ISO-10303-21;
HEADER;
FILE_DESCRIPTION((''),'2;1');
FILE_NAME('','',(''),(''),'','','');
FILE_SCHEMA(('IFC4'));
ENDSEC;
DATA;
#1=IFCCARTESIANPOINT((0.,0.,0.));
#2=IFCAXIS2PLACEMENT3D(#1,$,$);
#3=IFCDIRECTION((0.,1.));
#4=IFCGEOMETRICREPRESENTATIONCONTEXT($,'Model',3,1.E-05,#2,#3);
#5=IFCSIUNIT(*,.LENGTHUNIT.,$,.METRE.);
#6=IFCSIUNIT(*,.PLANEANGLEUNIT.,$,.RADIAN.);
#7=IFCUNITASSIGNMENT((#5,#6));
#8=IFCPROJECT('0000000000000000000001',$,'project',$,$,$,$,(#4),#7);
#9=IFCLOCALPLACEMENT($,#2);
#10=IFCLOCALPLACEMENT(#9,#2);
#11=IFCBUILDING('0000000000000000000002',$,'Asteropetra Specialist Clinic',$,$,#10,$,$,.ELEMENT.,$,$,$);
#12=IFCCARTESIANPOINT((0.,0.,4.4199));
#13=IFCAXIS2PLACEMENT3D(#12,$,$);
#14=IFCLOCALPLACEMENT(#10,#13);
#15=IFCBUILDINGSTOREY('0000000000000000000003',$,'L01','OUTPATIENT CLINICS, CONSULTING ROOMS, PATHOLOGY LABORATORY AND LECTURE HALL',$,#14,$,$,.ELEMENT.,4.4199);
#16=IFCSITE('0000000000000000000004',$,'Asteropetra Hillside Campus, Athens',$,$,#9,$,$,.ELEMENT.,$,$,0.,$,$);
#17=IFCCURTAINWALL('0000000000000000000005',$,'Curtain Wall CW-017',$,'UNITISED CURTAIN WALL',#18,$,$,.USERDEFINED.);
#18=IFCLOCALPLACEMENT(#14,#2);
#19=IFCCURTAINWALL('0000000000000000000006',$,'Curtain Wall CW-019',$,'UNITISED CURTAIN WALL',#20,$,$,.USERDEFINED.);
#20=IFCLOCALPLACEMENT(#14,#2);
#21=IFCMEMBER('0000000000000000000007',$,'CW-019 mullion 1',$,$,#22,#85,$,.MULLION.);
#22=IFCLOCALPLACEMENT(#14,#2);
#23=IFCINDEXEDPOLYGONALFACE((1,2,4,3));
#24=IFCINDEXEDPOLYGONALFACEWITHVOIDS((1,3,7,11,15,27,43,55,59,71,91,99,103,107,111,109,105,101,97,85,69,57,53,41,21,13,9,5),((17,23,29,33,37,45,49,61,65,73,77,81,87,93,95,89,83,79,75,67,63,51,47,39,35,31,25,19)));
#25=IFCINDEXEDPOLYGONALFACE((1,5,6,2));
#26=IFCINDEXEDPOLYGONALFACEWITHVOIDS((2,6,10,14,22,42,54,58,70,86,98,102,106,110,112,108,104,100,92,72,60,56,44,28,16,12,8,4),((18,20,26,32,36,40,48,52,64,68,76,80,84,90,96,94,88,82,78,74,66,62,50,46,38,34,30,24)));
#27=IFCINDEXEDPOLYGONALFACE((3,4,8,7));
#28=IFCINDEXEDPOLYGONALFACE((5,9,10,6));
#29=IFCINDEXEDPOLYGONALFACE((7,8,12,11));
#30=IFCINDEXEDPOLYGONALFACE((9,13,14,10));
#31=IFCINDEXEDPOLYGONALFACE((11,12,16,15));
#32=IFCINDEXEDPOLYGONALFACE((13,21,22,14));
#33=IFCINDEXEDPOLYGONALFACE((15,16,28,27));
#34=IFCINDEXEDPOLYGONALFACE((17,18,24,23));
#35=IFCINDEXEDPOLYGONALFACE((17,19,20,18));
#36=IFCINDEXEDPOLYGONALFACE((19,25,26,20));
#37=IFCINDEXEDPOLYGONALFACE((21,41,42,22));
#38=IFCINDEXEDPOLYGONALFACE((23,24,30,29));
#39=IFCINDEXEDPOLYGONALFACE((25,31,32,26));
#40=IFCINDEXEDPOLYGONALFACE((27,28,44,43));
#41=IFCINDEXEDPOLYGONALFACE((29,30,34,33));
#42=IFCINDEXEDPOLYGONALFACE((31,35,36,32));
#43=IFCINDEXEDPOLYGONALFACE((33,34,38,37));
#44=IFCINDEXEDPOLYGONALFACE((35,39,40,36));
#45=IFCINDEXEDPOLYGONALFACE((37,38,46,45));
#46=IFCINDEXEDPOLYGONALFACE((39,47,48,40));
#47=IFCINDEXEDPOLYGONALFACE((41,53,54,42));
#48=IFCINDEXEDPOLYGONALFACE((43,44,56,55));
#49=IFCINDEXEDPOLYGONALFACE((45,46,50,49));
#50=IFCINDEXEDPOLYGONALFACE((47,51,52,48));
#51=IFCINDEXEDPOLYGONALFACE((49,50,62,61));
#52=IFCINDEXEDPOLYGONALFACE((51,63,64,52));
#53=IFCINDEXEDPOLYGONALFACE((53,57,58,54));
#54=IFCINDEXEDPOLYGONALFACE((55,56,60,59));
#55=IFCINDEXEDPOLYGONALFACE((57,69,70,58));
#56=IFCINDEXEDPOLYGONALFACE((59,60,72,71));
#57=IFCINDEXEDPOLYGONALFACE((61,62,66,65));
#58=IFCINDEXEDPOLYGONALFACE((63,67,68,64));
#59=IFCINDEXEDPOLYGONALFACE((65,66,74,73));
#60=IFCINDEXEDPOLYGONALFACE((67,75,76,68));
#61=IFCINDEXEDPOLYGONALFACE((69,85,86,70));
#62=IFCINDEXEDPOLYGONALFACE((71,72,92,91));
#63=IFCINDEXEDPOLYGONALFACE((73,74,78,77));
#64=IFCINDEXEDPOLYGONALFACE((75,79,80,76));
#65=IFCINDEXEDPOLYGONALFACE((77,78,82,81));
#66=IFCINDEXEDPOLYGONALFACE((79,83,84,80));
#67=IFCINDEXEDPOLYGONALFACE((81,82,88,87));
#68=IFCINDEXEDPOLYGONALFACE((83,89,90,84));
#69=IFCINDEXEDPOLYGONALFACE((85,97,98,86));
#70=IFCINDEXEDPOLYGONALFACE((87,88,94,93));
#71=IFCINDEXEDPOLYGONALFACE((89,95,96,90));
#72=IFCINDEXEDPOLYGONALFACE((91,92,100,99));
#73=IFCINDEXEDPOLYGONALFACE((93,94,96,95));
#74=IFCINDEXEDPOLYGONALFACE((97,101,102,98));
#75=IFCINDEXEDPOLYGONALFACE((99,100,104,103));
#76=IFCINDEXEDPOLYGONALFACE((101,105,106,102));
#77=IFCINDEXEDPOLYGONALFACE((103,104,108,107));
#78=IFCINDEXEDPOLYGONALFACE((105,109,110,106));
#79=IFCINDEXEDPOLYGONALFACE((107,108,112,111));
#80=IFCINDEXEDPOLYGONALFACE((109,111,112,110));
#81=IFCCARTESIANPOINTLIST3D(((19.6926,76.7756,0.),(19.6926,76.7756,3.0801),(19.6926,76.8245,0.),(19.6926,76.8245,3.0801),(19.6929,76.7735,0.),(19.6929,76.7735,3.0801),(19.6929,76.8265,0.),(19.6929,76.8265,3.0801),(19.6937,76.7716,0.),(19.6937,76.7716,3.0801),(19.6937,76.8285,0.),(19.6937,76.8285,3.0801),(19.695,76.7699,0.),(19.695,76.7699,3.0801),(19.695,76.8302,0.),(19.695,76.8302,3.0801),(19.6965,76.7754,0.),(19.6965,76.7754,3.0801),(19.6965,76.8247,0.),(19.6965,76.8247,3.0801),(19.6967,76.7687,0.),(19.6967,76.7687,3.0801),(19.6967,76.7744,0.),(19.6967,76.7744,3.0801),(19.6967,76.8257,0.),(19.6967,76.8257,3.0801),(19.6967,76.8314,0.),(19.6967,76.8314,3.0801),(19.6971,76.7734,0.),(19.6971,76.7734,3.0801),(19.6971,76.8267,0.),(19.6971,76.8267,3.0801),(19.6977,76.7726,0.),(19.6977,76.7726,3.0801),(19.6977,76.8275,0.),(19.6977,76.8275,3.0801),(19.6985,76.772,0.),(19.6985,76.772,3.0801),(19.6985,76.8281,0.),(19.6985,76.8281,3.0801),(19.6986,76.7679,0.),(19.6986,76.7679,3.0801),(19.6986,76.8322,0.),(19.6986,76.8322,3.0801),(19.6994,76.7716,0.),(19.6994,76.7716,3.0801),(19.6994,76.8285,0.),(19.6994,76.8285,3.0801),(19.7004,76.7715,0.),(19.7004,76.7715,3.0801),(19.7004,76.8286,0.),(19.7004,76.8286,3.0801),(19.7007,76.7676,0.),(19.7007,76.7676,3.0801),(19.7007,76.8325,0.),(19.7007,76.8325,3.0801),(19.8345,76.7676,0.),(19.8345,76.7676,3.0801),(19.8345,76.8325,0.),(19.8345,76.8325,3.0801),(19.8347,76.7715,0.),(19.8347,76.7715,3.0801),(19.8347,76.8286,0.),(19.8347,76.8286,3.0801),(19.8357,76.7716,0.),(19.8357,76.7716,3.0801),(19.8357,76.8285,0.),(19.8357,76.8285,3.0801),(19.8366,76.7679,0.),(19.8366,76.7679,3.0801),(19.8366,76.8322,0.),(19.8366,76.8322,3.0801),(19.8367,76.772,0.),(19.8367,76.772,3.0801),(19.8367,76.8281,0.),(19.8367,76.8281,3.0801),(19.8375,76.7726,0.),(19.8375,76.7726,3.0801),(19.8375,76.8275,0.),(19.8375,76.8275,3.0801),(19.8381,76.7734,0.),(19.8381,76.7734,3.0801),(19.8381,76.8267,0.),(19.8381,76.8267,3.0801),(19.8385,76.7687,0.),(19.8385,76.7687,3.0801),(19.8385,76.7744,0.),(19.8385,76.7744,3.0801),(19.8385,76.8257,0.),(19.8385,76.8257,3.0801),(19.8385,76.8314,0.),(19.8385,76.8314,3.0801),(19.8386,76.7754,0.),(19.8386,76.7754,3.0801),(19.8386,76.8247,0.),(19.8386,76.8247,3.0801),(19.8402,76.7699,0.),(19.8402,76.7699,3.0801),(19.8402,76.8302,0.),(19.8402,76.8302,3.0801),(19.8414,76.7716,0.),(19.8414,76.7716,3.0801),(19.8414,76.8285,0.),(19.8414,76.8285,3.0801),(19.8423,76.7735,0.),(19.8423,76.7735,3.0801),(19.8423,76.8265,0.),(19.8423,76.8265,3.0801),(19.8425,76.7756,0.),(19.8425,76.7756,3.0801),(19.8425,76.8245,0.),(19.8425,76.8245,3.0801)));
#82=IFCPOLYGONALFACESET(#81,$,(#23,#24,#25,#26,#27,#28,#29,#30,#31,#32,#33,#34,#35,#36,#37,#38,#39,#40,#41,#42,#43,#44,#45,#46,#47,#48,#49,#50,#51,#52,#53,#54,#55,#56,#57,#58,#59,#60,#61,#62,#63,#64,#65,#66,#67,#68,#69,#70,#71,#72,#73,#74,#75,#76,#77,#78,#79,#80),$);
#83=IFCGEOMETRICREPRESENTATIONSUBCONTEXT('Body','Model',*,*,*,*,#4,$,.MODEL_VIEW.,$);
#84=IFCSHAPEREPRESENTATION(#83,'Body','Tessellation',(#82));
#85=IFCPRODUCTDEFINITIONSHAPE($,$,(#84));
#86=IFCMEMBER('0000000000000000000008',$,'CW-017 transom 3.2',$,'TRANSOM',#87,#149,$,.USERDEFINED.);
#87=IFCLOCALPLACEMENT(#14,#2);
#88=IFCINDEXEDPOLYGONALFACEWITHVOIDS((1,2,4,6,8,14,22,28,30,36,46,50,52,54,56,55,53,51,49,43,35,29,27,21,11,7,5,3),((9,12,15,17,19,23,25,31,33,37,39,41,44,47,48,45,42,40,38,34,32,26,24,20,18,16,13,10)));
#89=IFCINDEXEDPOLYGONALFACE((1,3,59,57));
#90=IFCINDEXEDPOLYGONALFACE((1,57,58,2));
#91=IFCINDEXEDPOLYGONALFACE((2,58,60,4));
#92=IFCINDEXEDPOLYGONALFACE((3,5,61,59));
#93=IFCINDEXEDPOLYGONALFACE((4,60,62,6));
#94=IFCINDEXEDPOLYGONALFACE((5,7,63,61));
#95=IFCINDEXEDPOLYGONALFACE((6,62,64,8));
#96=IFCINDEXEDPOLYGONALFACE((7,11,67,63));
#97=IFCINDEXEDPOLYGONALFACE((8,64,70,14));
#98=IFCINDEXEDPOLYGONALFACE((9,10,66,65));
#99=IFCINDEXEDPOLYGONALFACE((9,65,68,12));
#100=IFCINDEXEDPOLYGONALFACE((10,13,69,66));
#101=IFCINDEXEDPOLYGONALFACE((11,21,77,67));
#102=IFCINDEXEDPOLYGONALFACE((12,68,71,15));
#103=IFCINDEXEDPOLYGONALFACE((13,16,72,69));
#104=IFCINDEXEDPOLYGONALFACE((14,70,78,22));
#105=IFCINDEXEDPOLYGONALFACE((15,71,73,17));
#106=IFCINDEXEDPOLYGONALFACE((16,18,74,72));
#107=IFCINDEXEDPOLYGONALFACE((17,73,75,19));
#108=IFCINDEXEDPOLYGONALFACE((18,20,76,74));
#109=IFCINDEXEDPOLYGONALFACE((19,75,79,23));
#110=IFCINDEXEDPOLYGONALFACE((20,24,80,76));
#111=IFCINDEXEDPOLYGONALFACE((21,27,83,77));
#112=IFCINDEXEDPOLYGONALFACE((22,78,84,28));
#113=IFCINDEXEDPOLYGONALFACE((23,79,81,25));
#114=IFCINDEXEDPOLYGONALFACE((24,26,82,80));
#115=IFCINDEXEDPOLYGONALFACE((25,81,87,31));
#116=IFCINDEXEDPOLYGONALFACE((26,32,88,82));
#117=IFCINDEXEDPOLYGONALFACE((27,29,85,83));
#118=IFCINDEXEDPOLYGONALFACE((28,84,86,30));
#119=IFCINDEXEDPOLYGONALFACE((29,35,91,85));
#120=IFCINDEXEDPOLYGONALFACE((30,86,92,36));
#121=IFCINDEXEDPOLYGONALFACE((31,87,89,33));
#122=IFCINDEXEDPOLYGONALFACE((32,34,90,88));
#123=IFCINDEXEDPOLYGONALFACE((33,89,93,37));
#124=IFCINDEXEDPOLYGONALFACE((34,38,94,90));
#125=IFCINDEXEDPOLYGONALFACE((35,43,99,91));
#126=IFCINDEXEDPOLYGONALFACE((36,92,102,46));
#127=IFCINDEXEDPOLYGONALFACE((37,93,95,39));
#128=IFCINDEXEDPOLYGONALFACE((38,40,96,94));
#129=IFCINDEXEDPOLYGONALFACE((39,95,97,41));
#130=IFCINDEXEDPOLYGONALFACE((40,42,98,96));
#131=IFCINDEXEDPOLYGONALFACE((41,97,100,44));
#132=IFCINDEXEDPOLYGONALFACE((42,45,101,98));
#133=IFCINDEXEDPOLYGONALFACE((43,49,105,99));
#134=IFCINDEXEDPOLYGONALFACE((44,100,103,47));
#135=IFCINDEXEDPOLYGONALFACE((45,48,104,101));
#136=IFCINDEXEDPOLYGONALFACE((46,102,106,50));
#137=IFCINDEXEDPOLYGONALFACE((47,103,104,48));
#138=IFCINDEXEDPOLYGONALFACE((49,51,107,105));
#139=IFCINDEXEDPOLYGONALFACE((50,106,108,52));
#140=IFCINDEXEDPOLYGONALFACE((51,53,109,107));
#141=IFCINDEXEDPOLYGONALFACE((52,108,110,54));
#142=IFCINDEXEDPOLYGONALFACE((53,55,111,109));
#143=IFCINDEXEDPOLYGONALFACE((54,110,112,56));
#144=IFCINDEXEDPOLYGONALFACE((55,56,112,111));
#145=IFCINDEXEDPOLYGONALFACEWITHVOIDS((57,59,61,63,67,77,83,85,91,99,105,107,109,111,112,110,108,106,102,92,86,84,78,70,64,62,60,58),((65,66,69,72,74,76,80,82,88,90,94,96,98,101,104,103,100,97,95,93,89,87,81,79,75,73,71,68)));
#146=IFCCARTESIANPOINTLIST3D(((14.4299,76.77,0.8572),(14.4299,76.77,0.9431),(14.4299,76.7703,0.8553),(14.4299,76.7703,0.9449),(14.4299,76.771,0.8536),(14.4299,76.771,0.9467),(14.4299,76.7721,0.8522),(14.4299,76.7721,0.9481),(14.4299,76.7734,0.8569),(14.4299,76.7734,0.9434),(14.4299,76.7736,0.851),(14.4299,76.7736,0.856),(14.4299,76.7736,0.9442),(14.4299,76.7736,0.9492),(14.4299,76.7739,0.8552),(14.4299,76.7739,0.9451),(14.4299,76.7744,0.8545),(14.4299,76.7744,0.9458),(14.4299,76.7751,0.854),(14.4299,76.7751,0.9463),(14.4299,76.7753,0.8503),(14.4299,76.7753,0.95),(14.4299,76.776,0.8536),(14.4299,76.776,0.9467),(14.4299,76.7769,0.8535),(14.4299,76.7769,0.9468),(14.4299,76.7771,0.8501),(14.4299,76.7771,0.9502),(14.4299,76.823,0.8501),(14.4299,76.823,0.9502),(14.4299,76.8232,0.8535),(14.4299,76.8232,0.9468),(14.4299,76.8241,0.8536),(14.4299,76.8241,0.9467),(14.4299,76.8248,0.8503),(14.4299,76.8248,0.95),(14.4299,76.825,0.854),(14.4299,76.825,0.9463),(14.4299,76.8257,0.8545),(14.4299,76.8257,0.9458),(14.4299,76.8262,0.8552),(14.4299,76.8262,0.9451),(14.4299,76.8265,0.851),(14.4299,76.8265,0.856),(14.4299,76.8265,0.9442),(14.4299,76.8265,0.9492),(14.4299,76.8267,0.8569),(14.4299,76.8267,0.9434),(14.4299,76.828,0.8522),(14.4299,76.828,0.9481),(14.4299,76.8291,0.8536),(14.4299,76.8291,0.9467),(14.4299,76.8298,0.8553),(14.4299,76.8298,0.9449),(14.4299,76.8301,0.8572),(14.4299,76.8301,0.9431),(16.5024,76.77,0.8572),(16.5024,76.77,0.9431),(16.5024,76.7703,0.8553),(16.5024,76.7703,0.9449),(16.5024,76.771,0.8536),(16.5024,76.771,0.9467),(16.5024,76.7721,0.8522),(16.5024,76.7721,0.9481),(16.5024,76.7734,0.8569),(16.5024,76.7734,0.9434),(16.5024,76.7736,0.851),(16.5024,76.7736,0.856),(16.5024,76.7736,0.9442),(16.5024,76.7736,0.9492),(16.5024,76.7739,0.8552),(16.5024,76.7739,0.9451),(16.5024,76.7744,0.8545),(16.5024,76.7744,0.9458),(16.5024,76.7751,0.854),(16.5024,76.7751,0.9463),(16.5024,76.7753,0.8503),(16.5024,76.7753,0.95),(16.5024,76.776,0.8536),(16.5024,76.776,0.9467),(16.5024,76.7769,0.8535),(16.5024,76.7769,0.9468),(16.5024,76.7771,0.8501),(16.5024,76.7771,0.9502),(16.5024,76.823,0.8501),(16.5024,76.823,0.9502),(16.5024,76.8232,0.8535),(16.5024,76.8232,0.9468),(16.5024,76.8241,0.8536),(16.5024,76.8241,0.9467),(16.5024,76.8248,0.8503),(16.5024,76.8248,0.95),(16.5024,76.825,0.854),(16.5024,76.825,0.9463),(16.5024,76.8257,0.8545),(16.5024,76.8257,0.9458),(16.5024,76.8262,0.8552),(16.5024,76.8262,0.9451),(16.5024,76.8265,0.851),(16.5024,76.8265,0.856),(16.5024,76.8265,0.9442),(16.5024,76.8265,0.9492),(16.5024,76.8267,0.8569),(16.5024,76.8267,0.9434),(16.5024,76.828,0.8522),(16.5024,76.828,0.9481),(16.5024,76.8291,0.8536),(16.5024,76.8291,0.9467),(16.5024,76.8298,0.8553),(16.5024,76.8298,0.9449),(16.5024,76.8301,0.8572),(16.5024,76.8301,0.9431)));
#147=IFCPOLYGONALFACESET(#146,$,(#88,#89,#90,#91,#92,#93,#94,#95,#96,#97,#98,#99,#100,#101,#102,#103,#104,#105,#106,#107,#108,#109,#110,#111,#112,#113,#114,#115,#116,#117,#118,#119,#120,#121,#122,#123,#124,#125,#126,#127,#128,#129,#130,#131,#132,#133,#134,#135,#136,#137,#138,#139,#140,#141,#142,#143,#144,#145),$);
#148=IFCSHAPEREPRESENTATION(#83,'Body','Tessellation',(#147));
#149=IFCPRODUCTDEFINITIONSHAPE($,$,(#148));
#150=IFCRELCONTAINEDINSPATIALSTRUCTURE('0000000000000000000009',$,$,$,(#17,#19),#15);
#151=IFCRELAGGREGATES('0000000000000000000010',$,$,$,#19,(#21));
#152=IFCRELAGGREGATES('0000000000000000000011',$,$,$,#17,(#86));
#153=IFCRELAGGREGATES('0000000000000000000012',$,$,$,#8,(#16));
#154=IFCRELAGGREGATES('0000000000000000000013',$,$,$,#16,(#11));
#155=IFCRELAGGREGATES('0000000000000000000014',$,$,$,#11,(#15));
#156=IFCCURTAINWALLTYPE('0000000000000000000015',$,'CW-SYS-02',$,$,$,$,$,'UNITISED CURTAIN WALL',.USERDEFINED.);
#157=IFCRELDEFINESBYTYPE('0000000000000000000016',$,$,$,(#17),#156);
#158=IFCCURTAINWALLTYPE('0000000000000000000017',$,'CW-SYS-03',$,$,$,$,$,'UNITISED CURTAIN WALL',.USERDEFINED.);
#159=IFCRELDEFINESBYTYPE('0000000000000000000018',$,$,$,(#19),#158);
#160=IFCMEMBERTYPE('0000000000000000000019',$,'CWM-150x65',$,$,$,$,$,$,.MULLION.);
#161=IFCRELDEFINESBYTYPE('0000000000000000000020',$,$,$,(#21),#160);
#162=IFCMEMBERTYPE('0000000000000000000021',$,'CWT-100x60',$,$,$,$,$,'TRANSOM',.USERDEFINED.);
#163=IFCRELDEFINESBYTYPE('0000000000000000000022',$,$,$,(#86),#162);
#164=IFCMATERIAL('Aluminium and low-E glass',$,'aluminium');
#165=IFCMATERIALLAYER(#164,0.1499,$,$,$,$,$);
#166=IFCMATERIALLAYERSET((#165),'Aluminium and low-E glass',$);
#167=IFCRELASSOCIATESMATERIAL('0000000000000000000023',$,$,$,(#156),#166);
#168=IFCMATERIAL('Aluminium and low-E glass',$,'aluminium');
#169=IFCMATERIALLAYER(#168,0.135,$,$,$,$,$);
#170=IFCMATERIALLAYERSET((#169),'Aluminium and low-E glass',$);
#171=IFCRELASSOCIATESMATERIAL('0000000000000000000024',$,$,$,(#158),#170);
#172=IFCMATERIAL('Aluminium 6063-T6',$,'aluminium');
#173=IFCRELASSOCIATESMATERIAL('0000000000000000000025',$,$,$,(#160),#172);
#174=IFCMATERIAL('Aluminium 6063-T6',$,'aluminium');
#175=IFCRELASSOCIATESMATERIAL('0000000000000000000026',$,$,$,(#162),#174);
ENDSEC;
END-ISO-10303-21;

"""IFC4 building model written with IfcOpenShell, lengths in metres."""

from ifc_helpers import new_model, si_unit, direction, frame, origin, origin_2d, place, context, subcontext, project, spatial, hollow_rectangle, extrude, material, layer, layer_set, material_profile, profile_set, type_object, element, aggregate, save


model = new_model("IFC4")

# Units and contexts
model_context = context("Model", 3, precision=1e-05, world=origin(), true_north=direction((0.0, 1.0)))
body_context = subcontext(model_context, "Body", "Model", "MODEL_VIEW")
ifc_project = project(units=[si_unit("LENGTHUNIT", "METRE"), si_unit("PLANEANGLEUNIT", "RADIAN")], contexts=[model_context])

# Site, building, storey
site_placement = place(None, origin())
site = spatial("IfcSite", under=ifc_project, at=site_placement, Name="Asteropetra Hillside Campus, Athens", CompositionType="ELEMENT", RefElevation=0.0)
building_placement = place(site_placement, origin())
building = spatial("IfcBuilding", under=site, at=building_placement, Name="Asteropetra Specialist Clinic", CompositionType="ELEMENT")
storey_placement = place(building_placement, frame((0.0, 0.0, 4.4199)))
storey = spatial("IfcBuildingStorey", under=building, at=storey_placement, Name="L01", Description="OUTPATIENT CLINICS, CONSULTING ROOMS, PATHOLOGY LABORATORY AND LECTURE HALL", CompositionType="ELEMENT", Elevation=4.4199)

# Curtain wall
ifc_material_1 = material(Name="Aluminium and low-E glass", Category="aluminium")
ifc_layer_1 = layer(ifc_material_1, 0.1499)
ifc_layer_set_1 = layer_set([ifc_layer_1], Name="Aluminium and low-E glass")
curtain_wall_type_1 = type_object("IfcCurtainWallType", Name="CW-SYS-02", ElementType="UNITISED CURTAIN WALL", PredefinedType="USERDEFINED", material=ifc_layer_set_1)
curtain_wall_1_placement = place(storey_placement, origin())
curtain_wall_1 = element("IfcCurtainWall", 1, at=curtain_wall_1_placement, inside=storey, type_object=curtain_wall_type_1, Name="Curtain Wall CW-017", ObjectType="UNITISED CURTAIN WALL", PredefinedType="USERDEFINED")

# Curtain wall, member
ifc_material_2 = material(Name="Aluminium and low-E glass", Category="aluminium")
ifc_layer_2 = layer(ifc_material_2, 0.135)
ifc_layer_set_2 = layer_set([ifc_layer_2], Name="Aluminium and low-E glass")
curtain_wall_type_2 = type_object("IfcCurtainWallType", Name="CW-SYS-03", ElementType="UNITISED CURTAIN WALL", PredefinedType="USERDEFINED", material=ifc_layer_set_2)
curtain_wall_2_placement = place(storey_placement, origin())
curtain_wall_2 = element("IfcCurtainWall", 2, at=curtain_wall_2_placement, inside=storey, type_object=curtain_wall_type_2, Name="Curtain Wall CW-019", ObjectType="UNITISED CURTAIN WALL", PredefinedType="USERDEFINED")
ifc_material_3 = material(Name="Aluminium 6063-T6", Category="aluminium")
ifc_material_profile_1 = material_profile(ifc_material_3, hollow_rectangle(XDim=0.0649, YDim=0.1499, WallThickness=0.0039, InnerFilletRadius=0.0039, OuterFilletRadius=0.0081, at=origin_2d()), Name="MUL 150x65x4.0")
ifc_profile_set_1 = profile_set([ifc_material_profile_1], Name="Aluminium 6063-T6")
member_type_1 = type_object("IfcMemberType", Name="CWM-150x65", PredefinedType="MULLION", material=ifc_profile_set_1)
member_1_placement = place(storey_placement, frame((19.7676, 76.8, 0.0), z_axis=(0.0, 0.0, 1.0), x_axis=(0.0, 1.0, 0.0)))
member_1 = element("IfcMember", 3, at=member_1_placement, type_object=member_type_1, Name="CW-019 mullion 1", PredefinedType="MULLION", context=body_context, shape_type="SweptSolid", body=[
    extrude(hollow_rectangle(XDim=0.0649, YDim=0.1499, WallThickness=0.0039, InnerFilletRadius=0.0039, OuterFilletRadius=0.0081, at=origin_2d()), origin(), (0.0, 0.0, 1.0), 3.0801),
])

# Member
ifc_material_4 = material(Name="Aluminium 6063-T6", Category="aluminium")
ifc_material_profile_2 = material_profile(ifc_material_4, hollow_rectangle(XDim=0.0601, YDim=0.1001, WallThickness=0.0034, InnerFilletRadius=0.0034, OuterFilletRadius=0.0071, at=origin_2d()), Name="TRN 100x60x3.5")
ifc_profile_set_2 = profile_set([ifc_material_profile_2], Name="Aluminium 6063-T6")
member_type_2 = type_object("IfcMemberType", Name="CWT-100x60", ElementType="TRANSOM", PredefinedType="USERDEFINED", material=ifc_profile_set_2)
member_2_placement = place(storey_placement, frame((14.4299, 76.8, 0.9001), z_axis=(1.0, 0.0, 0.0), x_axis=(0.0, 1.0, 0.0)))
member_2 = element("IfcMember", 4, at=member_2_placement, type_object=member_type_2, Name="CW-017 transom 3.2", ObjectType="TRANSOM", PredefinedType="USERDEFINED", context=body_context, shape_type="SweptSolid", body=[
    extrude(hollow_rectangle(XDim=0.0601, YDim=0.1001, WallThickness=0.0034, InnerFilletRadius=0.0034, OuterFilletRadius=0.0071, at=origin_2d()), origin(), (0.0, 0.0, 1.0), 2.0725),
])
aggregate(curtain_wall_2, [member_1])

aggregate(curtain_wall_1, [member_2])

save(model, "model.ifc")
